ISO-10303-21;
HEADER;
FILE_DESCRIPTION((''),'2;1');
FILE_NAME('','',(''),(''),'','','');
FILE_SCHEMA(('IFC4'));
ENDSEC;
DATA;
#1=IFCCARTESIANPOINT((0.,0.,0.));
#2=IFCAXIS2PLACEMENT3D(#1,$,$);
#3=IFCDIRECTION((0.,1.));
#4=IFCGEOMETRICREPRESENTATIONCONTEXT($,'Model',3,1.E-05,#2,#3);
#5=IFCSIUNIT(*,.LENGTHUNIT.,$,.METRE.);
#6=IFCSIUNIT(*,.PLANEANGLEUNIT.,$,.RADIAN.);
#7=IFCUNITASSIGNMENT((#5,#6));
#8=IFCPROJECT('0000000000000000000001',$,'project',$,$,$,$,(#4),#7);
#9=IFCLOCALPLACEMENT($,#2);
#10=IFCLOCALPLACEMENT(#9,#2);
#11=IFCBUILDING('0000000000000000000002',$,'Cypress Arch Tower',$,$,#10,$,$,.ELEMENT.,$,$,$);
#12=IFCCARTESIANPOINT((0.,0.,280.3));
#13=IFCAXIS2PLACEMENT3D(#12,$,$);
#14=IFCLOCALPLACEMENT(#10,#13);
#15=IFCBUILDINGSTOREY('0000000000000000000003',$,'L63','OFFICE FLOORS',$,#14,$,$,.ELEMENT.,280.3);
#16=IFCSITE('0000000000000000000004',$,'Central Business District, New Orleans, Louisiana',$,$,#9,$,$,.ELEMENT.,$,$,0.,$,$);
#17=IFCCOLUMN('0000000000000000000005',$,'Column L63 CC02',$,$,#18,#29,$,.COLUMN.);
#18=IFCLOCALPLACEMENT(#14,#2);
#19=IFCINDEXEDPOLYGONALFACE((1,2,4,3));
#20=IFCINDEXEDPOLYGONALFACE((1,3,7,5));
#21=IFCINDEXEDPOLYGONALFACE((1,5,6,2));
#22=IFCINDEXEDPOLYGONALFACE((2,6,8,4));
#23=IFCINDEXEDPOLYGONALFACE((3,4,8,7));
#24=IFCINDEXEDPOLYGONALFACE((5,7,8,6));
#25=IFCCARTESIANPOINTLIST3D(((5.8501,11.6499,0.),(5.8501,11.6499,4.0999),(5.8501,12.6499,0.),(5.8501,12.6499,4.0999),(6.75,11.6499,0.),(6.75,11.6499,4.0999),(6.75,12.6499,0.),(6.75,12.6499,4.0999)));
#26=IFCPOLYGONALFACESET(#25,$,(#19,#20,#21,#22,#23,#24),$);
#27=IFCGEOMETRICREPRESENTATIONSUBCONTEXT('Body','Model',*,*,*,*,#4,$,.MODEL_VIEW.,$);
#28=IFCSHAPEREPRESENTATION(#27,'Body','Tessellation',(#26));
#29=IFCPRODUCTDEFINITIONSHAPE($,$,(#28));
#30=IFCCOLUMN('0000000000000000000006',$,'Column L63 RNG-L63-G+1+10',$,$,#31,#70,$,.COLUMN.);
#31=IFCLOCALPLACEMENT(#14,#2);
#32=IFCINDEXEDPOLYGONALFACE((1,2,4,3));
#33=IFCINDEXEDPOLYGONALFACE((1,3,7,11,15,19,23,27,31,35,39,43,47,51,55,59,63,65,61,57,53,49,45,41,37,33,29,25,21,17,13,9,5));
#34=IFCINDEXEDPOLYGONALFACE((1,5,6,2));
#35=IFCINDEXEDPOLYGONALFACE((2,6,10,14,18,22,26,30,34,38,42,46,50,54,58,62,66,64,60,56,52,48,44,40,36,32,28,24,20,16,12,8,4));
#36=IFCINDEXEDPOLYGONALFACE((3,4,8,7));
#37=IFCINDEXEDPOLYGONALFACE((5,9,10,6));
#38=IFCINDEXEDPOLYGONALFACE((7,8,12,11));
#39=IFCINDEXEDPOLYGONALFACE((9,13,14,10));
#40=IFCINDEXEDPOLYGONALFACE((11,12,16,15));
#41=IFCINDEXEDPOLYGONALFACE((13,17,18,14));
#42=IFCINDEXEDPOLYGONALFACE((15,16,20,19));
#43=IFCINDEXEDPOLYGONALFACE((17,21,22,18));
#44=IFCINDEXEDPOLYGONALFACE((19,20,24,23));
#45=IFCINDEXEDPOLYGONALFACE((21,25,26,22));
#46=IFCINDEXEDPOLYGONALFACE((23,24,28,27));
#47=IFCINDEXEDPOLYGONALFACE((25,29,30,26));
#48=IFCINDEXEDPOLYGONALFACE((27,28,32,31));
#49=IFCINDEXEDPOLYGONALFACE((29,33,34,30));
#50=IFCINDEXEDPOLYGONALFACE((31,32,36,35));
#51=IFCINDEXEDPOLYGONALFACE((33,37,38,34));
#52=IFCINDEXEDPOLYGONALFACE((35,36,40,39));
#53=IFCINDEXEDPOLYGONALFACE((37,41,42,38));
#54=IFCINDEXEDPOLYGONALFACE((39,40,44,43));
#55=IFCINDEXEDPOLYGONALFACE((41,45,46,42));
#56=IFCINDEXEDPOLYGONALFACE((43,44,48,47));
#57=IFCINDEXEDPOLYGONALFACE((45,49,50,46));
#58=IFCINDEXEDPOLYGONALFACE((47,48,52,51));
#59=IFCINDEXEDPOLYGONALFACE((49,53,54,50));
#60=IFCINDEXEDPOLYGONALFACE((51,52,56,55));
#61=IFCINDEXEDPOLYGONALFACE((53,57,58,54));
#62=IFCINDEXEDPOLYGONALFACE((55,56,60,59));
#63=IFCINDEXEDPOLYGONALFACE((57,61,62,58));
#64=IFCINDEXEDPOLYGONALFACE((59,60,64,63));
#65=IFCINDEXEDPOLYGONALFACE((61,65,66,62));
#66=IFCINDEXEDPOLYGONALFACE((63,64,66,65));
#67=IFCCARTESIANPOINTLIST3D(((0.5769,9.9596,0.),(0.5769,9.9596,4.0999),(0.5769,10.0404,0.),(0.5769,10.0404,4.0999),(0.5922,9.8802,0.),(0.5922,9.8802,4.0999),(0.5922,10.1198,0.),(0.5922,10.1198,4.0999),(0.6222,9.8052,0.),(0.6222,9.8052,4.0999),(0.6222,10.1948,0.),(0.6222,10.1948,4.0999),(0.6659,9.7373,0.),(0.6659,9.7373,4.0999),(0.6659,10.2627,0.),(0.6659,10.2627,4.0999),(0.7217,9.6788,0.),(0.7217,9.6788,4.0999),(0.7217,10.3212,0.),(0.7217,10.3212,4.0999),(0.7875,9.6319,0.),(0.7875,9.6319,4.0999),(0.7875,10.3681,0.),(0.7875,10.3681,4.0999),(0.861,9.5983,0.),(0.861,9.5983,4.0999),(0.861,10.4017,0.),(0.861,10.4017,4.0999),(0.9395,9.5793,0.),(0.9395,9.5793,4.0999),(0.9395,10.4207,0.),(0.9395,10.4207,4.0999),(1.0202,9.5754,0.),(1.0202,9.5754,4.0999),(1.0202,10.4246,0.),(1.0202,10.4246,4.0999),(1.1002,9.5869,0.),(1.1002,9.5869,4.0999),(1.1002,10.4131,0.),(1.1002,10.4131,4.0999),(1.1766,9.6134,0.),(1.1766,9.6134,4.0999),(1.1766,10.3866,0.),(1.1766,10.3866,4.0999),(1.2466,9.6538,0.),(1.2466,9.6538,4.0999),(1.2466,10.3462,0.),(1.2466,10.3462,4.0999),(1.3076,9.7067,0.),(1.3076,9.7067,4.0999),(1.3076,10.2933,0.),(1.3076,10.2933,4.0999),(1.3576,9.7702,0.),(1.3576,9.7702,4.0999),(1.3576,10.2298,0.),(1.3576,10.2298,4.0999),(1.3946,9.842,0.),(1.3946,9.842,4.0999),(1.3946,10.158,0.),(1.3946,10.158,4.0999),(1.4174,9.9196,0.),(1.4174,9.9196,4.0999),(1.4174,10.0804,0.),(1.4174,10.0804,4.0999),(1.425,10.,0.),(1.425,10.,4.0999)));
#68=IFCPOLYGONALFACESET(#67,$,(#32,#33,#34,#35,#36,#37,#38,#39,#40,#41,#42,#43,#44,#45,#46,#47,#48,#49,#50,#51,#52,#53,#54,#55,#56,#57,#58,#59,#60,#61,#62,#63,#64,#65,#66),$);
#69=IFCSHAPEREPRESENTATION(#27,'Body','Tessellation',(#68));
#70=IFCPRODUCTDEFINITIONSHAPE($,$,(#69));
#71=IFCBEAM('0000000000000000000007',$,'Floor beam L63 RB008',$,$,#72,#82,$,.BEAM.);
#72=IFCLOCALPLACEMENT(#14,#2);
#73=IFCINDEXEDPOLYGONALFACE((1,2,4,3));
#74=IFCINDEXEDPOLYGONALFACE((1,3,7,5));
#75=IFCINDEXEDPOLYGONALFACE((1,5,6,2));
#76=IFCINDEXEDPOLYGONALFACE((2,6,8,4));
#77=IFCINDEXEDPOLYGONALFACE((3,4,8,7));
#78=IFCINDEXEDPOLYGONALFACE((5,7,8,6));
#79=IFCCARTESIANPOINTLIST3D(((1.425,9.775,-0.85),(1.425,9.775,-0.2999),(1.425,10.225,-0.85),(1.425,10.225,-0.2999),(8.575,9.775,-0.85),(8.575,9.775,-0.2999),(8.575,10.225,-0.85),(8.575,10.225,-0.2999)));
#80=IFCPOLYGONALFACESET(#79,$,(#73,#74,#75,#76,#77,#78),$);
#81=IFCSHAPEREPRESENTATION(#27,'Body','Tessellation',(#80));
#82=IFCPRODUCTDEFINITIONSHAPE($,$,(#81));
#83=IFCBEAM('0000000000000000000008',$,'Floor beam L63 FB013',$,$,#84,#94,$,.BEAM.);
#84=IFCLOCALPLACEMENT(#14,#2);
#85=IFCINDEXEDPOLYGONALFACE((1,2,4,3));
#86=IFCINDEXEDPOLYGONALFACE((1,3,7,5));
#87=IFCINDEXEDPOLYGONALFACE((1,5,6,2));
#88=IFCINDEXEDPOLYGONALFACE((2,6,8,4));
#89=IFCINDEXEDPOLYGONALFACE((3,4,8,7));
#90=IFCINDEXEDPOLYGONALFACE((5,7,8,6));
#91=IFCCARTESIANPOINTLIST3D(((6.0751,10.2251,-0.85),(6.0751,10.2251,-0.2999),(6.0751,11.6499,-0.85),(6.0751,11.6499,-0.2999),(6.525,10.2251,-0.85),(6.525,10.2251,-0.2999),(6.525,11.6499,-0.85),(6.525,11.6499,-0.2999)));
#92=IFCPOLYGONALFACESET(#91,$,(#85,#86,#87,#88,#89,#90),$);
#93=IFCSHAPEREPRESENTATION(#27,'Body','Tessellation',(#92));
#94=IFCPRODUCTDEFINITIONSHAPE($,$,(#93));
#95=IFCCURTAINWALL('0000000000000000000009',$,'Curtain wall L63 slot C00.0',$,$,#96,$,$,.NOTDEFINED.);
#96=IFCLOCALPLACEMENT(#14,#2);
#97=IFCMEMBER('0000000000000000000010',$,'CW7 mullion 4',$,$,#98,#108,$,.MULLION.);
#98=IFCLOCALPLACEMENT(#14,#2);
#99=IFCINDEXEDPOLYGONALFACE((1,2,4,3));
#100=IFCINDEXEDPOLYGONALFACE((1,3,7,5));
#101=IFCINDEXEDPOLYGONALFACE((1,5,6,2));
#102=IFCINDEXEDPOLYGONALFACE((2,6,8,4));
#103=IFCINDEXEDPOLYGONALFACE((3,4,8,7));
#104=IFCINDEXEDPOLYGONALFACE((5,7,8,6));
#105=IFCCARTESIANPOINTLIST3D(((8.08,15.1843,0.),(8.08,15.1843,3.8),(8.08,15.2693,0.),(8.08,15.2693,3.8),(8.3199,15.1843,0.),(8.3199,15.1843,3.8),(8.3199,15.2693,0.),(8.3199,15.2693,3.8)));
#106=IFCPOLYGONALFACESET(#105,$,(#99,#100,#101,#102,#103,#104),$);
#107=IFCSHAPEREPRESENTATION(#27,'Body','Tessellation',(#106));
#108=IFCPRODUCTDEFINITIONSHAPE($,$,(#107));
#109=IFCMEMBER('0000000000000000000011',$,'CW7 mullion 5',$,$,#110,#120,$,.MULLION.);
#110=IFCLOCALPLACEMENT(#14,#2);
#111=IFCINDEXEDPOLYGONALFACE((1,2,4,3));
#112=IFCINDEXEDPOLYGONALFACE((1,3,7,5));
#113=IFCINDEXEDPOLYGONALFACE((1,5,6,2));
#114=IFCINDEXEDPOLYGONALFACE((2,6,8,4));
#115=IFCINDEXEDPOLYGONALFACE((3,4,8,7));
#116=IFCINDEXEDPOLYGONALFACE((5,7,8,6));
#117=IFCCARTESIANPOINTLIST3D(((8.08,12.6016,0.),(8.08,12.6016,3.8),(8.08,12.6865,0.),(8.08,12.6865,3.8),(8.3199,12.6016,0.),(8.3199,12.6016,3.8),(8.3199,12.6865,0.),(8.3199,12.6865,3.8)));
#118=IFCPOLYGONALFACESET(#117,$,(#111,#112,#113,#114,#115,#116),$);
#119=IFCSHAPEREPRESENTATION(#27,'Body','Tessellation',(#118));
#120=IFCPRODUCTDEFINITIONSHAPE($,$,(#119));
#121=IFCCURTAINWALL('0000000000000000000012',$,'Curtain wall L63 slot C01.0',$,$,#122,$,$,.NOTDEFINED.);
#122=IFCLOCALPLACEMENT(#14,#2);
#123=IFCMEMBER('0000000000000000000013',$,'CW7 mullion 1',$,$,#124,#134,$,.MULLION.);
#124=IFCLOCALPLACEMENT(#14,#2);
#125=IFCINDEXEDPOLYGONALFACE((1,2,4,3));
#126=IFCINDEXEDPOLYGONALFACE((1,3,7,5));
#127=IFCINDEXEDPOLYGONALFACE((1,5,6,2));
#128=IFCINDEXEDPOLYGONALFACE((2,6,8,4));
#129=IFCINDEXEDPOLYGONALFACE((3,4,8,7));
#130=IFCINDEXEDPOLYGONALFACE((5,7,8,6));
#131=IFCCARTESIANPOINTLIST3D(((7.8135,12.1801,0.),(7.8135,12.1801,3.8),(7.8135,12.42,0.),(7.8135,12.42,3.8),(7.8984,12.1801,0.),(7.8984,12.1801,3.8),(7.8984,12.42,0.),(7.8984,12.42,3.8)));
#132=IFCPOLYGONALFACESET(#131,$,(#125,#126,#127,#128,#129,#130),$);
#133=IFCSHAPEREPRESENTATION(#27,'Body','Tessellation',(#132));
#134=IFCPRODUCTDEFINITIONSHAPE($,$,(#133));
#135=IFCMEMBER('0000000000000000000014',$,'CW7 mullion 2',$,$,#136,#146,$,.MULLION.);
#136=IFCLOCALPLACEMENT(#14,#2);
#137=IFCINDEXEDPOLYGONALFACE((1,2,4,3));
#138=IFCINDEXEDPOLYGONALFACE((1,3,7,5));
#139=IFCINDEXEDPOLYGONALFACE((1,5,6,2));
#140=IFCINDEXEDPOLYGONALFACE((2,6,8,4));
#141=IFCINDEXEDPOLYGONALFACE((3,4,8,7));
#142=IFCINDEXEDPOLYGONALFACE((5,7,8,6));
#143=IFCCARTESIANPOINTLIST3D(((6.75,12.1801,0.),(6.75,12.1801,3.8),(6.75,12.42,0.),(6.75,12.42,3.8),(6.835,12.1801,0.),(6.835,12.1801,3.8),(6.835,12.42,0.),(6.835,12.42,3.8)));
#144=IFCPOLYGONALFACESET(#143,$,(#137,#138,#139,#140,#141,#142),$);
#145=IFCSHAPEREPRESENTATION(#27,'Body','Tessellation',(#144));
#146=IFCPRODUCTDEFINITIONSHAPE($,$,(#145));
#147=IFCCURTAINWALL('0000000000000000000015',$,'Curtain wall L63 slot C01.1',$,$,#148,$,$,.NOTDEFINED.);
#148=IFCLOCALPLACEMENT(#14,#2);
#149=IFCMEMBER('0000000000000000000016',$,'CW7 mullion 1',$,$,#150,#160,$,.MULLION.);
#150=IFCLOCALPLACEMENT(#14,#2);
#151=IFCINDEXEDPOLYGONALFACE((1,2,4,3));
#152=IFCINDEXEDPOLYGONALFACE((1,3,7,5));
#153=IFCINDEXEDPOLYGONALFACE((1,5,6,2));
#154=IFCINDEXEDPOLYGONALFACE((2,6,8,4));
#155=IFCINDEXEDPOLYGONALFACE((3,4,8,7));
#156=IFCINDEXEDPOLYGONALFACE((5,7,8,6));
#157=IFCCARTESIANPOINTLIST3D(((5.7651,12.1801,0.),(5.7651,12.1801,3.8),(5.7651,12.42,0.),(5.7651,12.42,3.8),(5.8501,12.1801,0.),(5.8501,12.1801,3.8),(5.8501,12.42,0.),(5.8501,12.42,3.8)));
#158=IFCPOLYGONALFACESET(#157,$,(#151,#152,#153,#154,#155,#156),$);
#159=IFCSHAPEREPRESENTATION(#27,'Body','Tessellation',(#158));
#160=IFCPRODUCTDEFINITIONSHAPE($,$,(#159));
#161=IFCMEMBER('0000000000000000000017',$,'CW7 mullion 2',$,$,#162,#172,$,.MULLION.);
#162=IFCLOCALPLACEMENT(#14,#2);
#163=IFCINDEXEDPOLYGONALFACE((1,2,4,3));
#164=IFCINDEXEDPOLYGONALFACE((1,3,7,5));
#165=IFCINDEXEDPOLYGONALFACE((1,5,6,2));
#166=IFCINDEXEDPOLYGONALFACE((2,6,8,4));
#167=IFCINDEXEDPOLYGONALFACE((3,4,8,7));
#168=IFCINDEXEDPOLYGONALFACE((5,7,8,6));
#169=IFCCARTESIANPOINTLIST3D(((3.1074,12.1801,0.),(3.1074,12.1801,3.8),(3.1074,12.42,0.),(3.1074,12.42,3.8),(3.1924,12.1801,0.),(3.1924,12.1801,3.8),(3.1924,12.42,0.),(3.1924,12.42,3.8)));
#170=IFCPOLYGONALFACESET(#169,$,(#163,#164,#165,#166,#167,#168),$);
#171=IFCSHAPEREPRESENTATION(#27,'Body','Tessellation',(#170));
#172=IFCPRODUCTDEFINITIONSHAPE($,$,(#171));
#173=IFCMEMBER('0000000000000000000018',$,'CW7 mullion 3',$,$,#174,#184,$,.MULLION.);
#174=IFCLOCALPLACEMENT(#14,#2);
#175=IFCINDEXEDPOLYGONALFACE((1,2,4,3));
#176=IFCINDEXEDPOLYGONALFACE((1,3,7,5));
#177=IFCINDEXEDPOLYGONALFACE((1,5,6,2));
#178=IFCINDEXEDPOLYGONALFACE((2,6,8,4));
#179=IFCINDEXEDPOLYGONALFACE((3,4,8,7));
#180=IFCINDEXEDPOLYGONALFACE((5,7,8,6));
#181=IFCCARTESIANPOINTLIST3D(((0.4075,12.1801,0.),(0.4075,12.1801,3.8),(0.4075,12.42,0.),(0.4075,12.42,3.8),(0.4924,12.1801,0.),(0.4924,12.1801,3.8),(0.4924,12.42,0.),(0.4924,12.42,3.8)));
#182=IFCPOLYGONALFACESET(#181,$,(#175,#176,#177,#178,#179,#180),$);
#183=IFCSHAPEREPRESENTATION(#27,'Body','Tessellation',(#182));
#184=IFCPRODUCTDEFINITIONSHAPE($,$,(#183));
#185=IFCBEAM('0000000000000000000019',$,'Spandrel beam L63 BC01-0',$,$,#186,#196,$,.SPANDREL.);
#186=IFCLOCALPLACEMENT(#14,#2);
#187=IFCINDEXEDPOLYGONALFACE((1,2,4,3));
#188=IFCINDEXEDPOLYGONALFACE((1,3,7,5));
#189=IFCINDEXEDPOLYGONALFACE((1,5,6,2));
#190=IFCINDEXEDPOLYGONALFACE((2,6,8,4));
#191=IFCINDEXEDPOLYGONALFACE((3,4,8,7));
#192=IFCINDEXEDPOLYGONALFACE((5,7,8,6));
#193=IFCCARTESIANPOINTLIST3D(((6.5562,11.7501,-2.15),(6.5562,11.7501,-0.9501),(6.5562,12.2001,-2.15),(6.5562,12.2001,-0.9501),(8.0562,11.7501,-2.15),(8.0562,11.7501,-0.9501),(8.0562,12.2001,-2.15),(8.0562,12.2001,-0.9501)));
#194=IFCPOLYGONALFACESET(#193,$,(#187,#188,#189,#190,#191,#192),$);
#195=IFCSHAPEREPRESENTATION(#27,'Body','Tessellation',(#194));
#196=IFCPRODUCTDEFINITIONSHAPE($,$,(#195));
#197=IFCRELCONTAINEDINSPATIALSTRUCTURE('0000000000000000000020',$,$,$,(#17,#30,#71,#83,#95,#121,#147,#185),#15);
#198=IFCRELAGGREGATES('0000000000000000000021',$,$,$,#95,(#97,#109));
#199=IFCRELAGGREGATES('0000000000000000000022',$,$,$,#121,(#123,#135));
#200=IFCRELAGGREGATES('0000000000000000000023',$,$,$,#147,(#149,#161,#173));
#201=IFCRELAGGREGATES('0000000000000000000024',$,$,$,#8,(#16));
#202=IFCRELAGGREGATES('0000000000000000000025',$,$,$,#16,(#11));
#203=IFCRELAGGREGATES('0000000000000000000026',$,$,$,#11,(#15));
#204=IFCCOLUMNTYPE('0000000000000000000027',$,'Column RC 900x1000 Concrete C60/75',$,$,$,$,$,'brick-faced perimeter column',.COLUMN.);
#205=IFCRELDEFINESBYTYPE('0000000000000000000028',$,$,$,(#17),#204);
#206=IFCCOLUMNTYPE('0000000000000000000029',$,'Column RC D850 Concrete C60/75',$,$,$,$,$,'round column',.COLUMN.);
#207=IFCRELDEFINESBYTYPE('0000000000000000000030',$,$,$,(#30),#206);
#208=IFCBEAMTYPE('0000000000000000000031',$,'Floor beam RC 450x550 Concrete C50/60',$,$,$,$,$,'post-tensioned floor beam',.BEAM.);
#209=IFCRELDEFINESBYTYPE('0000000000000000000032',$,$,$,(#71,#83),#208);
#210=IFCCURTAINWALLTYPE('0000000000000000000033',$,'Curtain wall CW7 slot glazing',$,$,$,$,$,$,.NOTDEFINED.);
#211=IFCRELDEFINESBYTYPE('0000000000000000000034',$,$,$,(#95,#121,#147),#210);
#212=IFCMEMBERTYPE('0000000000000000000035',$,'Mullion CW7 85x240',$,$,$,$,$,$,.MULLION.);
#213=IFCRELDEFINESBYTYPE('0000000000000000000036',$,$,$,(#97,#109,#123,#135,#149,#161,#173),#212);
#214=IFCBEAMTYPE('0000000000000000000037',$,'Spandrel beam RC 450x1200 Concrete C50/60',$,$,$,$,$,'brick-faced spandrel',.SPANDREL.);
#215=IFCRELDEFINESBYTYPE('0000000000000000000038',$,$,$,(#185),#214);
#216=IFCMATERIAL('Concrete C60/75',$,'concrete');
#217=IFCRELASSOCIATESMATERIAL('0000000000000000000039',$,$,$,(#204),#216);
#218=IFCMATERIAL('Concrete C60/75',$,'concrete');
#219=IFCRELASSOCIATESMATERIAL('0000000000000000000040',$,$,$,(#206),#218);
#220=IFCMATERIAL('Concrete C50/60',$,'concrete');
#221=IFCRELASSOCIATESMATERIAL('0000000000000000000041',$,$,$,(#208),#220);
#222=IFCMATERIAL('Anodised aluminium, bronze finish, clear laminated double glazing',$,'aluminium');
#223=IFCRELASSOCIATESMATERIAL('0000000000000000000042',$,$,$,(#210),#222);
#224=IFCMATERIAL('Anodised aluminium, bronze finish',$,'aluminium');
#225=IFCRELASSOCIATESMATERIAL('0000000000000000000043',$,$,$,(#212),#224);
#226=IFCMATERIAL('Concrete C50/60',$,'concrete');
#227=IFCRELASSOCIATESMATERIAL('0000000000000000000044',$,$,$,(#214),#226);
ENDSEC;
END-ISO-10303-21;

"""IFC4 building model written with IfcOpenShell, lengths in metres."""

from ifc_helpers import new_model, si_unit, direction, frame, origin, origin_2d, place, context, subcontext, project, spatial, rectangle, circle, extrude, material, material_profile, profile_set, type_object, element, aggregate, save


model = new_model("IFC4")

# Units and contexts
model_context = context("Model", 3, precision=1e-05, world=origin(), true_north=direction((0.0, 1.0)))
body_context = subcontext(model_context, "Body", "Model", "MODEL_VIEW")
ifc_project = project(units=[si_unit("LENGTHUNIT", "METRE"), si_unit("PLANEANGLEUNIT", "RADIAN")], contexts=[model_context])

# Site, building, storey
site_placement = place(None, origin())
site = spatial("IfcSite", under=ifc_project, at=site_placement, Name="Central Business District, New Orleans, Louisiana", CompositionType="ELEMENT", RefElevation=0.0)
building_placement = place(site_placement, origin())
building = spatial("IfcBuilding", under=site, at=building_placement, Name="Cypress Arch Tower", CompositionType="ELEMENT")
storey_placement = place(building_placement, frame((0.0, 0.0, 280.3)))
storey = spatial("IfcBuildingStorey", under=building, at=storey_placement, Name="L63", Description="OFFICE FLOORS", CompositionType="ELEMENT", Elevation=280.3)

# Columns
ifc_material_1 = material(Name="Concrete C60/75", Category="concrete")
ifc_material_profile_1 = material_profile(ifc_material_1, rectangle(XDim=0.8999, YDim=1.0, at=origin_2d()), Name="RC 900x1000")
ifc_profile_set_1 = profile_set([ifc_material_profile_1], Name="Concrete C60/75")
column_type_1 = type_object("IfcColumnType", Name="Column RC 900x1000 Concrete C60/75", ElementType="brick-faced perimeter column", PredefinedType="COLUMN", material=ifc_profile_set_1)
column_1_placement = place(storey_placement, frame((6.3, 12.1499, 0.0), z_axis=(0.0, 0.0, 1.0), x_axis=(-1.0, 0.0, 0.0)))
element("IfcColumn", 1, at=column_1_placement, inside=storey, type_object=column_type_1, Name="Column L63 CC02", PredefinedType="COLUMN", context=body_context, shape_type="SweptSolid", body=[
    extrude(rectangle(XDim=0.8999, YDim=1.0, at=origin_2d()), origin(), (0.0, 0.0, 1.0), 4.0999),
])
ifc_material_2 = material(Name="Concrete C60/75", Category="concrete")
ifc_material_profile_2 = material_profile(ifc_material_2, circle(Radius=0.425, at=origin_2d()), Name="RC D850")
ifc_profile_set_2 = profile_set([ifc_material_profile_2], Name="Concrete C60/75")
column_type_2 = type_object("IfcColumnType", Name="Column RC D850 Concrete C60/75", ElementType="round column", PredefinedType="COLUMN", material=ifc_profile_set_2)
column_2_placement = place(storey_placement, frame((1.0, 10.0, 0.0), z_axis=(0.0, 0.0, 1.0), x_axis=(1.0, 0.0, 0.0)))
element("IfcColumn", 2, at=column_2_placement, inside=storey, type_object=column_type_2, Name="Column L63 RNG-L63-G+1+10", PredefinedType="COLUMN", context=body_context, shape_type="SweptSolid", body=[
    extrude(circle(Radius=0.425, at=origin_2d()), origin(), (0.0, 0.0, 1.0), 4.0999),
])

# Beams
ifc_material_3 = material(Name="Concrete C50/60", Category="concrete")
ifc_material_profile_3 = material_profile(ifc_material_3, rectangle(XDim=0.45, YDim=0.55, at=origin_2d()), Name="RC 450x550")
ifc_profile_set_3 = profile_set([ifc_material_profile_3], Name="Concrete C50/60")
beam_type_1 = type_object("IfcBeamType", Name="Floor beam RC 450x550 Concrete C50/60", ElementType="post-tensioned floor beam", PredefinedType="BEAM", material=ifc_profile_set_3)
beam_1_placement = place(storey_placement, frame((1.425, 10.0, -0.575), z_axis=(1.0, 0.0, 0.0), x_axis=(0.0, 1.0, 0.0)))
element("IfcBeam", 3, at=beam_1_placement, inside=storey, type_object=beam_type_1, Name="Floor beam L63 RB008", PredefinedType="BEAM", context=body_context, shape_type="SweptSolid", body=[
    extrude(rectangle(XDim=0.45, YDim=0.55, at=origin_2d()), origin(), (0.0, 0.0, 1.0), 7.1499),
])
beam_2_placement = place(storey_placement, frame((6.3, 10.2251, -0.575), z_axis=(0.0, 1.0, 0.0), x_axis=(-1.0, 0.0, 0.0)))
element("IfcBeam", 4, at=beam_2_placement, inside=storey, type_object=beam_type_1, Name="Floor beam L63 FB013", PredefinedType="BEAM", context=body_context, shape_type="SweptSolid", body=[
    extrude(rectangle(XDim=0.45, YDim=0.55, at=origin_2d()), origin(), (0.0, 0.0, 1.0), 1.4248),
])

# Curtain walls, members
ifc_material_4 = material(Name="Anodised aluminium, bronze finish, clear laminated double glazing", Category="aluminium")
curtain_wall_type = type_object("IfcCurtainWallType", Name="Curtain wall CW7 slot glazing", PredefinedType="NOTDEFINED", material=ifc_material_4)
curtain_wall_1_placement = place(storey_placement, origin())
curtain_wall_1 = element("IfcCurtainWall", 5, at=curtain_wall_1_placement, inside=storey, type_object=curtain_wall_type, Name="Curtain wall L63 slot C00.0", PredefinedType="NOTDEFINED")
ifc_material_5 = material(Name="Anodised aluminium, bronze finish", Category="aluminium")
ifc_material_profile_4 = material_profile(ifc_material_5, rectangle(XDim=0.24, YDim=0.085, at=origin_2d()), Name="Mullion 85x240")
ifc_profile_set_4 = profile_set([ifc_material_profile_4], Name="Anodised aluminium, bronze finish")
member_type_1 = type_object("IfcMemberType", Name="Mullion CW7 85x240", PredefinedType="MULLION", material=ifc_profile_set_4)
member_1_placement = place(storey_placement, frame((8.2, 15.2268, 0.0), z_axis=(0.0, 0.0, 1.0), x_axis=(1.0, 0.0, 0.0)))
member_1 = element("IfcMember", 6, at=member_1_placement, type_object=member_type_1, Name="CW7 mullion 4", PredefinedType="MULLION", context=body_context, shape_type="SweptSolid", body=[
    extrude(rectangle(XDim=0.24, YDim=0.085, at=origin_2d()), origin(), (0.0, 0.0, 1.0), 3.8),
])
member_2_placement = place(storey_placement, frame((8.2, 12.644, 0.0), z_axis=(0.0, 0.0, 1.0), x_axis=(1.0, 0.0, 0.0)))
member_2 = element("IfcMember", 7, at=member_2_placement, type_object=member_type_1, Name="CW7 mullion 5", PredefinedType="MULLION", context=body_context, shape_type="SweptSolid", body=[
    extrude(rectangle(XDim=0.24, YDim=0.085, at=origin_2d()), origin(), (0.0, 0.0, 1.0), 3.8),
])
curtain_wall_2_placement = place(storey_placement, origin())
curtain_wall_2 = element("IfcCurtainWall", 8, at=curtain_wall_2_placement, inside=storey, type_object=curtain_wall_type, Name="Curtain wall L63 slot C01.0", PredefinedType="NOTDEFINED")
member_3_placement = place(storey_placement, frame((7.856, 12.3, 0.0), z_axis=(0.0, 0.0, 1.0), x_axis=(0.0, -1.0, 0.0)))
member_3 = element("IfcMember", 9, at=member_3_placement, type_object=member_type_1, Name="CW7 mullion 1", PredefinedType="MULLION", context=body_context, shape_type="SweptSolid", body=[
    extrude(rectangle(XDim=0.24, YDim=0.085, at=origin_2d()), origin(), (0.0, 0.0, 1.0), 3.8),
])
member_4_placement = place(storey_placement, frame((6.7925, 12.3, 0.0), z_axis=(0.0, 0.0, 1.0), x_axis=(0.0, -1.0, 0.0)))
member_4 = element("IfcMember", 10, at=member_4_placement, type_object=member_type_1, Name="CW7 mullion 2", PredefinedType="MULLION", context=body_context, shape_type="SweptSolid", body=[
    extrude(rectangle(XDim=0.24, YDim=0.085, at=origin_2d()), origin(), (0.0, 0.0, 1.0), 3.8),
])
curtain_wall_3_placement = place(storey_placement, origin())
curtain_wall_3 = element("IfcCurtainWall", 11, at=curtain_wall_3_placement, inside=storey, type_object=curtain_wall_type, Name="Curtain wall L63 slot C01.1", PredefinedType="NOTDEFINED")
member_5_placement = place(storey_placement, frame((5.8076, 12.3, 0.0), z_axis=(0.0, 0.0, 1.0), x_axis=(0.0, -1.0, 0.0)))
member_5 = element("IfcMember", 12, at=member_5_placement, type_object=member_type_1, Name="CW7 mullion 1", PredefinedType="MULLION", context=body_context, shape_type="SweptSolid", body=[
    extrude(rectangle(XDim=0.24, YDim=0.085, at=origin_2d()), origin(), (0.0, 0.0, 1.0), 3.8),
])
member_6_placement = place(storey_placement, frame((3.1499, 12.3, 0.0), z_axis=(0.0, 0.0, 1.0), x_axis=(0.0, -1.0, 0.0)))
member_6 = element("IfcMember", 13, at=member_6_placement, type_object=member_type_1, Name="CW7 mullion 2", PredefinedType="MULLION", context=body_context, shape_type="SweptSolid", body=[
    extrude(rectangle(XDim=0.24, YDim=0.085, at=origin_2d()), origin(), (0.0, 0.0, 1.0), 3.8),
])
member_7_placement = place(storey_placement, frame((0.45, 12.3, 0.0), z_axis=(0.0, 0.0, 1.0), x_axis=(0.0, -1.0, 0.0)))
member_7 = element("IfcMember", 14, at=member_7_placement, type_object=member_type_1, Name="CW7 mullion 3", PredefinedType="MULLION", context=body_context, shape_type="SweptSolid", body=[
    extrude(rectangle(XDim=0.24, YDim=0.085, at=origin_2d()), origin(), (0.0, 0.0, 1.0), 3.8),
])

# Beam
ifc_material_6 = material(Name="Concrete C50/60", Category="concrete")
ifc_material_profile_5 = material_profile(ifc_material_6, rectangle(XDim=0.45, YDim=1.2, at=origin_2d()), Name="RC 450x1200")
ifc_profile_set_5 = profile_set([ifc_material_profile_5], Name="Concrete C50/60")
beam_type_2 = type_object("IfcBeamType", Name="Spandrel beam RC 450x1200 Concrete C50/60", ElementType="brick-faced spandrel", PredefinedType="SPANDREL", material=ifc_profile_set_5)
beam_3_placement = place(storey_placement, frame((8.0562, 11.9751, -1.55), z_axis=(-1.0, 0.0, 0.0), x_axis=(0.0, -1.0, 0.0)))
element("IfcBeam", 15, at=beam_3_placement, inside=storey, type_object=beam_type_2, Name="Spandrel beam L63 BC01-0", PredefinedType="SPANDREL", context=body_context, shape_type="SweptSolid", body=[
    extrude(rectangle(XDim=0.45, YDim=1.2, at=origin_2d()), origin(), (0.0, 0.0, 1.0), 1.5),
])

aggregate(curtain_wall_1, [member_1, member_2])
aggregate(curtain_wall_2, [member_3, member_4])
aggregate(curtain_wall_3, [member_5, member_6, member_7])

save(model, "model.ifc")
